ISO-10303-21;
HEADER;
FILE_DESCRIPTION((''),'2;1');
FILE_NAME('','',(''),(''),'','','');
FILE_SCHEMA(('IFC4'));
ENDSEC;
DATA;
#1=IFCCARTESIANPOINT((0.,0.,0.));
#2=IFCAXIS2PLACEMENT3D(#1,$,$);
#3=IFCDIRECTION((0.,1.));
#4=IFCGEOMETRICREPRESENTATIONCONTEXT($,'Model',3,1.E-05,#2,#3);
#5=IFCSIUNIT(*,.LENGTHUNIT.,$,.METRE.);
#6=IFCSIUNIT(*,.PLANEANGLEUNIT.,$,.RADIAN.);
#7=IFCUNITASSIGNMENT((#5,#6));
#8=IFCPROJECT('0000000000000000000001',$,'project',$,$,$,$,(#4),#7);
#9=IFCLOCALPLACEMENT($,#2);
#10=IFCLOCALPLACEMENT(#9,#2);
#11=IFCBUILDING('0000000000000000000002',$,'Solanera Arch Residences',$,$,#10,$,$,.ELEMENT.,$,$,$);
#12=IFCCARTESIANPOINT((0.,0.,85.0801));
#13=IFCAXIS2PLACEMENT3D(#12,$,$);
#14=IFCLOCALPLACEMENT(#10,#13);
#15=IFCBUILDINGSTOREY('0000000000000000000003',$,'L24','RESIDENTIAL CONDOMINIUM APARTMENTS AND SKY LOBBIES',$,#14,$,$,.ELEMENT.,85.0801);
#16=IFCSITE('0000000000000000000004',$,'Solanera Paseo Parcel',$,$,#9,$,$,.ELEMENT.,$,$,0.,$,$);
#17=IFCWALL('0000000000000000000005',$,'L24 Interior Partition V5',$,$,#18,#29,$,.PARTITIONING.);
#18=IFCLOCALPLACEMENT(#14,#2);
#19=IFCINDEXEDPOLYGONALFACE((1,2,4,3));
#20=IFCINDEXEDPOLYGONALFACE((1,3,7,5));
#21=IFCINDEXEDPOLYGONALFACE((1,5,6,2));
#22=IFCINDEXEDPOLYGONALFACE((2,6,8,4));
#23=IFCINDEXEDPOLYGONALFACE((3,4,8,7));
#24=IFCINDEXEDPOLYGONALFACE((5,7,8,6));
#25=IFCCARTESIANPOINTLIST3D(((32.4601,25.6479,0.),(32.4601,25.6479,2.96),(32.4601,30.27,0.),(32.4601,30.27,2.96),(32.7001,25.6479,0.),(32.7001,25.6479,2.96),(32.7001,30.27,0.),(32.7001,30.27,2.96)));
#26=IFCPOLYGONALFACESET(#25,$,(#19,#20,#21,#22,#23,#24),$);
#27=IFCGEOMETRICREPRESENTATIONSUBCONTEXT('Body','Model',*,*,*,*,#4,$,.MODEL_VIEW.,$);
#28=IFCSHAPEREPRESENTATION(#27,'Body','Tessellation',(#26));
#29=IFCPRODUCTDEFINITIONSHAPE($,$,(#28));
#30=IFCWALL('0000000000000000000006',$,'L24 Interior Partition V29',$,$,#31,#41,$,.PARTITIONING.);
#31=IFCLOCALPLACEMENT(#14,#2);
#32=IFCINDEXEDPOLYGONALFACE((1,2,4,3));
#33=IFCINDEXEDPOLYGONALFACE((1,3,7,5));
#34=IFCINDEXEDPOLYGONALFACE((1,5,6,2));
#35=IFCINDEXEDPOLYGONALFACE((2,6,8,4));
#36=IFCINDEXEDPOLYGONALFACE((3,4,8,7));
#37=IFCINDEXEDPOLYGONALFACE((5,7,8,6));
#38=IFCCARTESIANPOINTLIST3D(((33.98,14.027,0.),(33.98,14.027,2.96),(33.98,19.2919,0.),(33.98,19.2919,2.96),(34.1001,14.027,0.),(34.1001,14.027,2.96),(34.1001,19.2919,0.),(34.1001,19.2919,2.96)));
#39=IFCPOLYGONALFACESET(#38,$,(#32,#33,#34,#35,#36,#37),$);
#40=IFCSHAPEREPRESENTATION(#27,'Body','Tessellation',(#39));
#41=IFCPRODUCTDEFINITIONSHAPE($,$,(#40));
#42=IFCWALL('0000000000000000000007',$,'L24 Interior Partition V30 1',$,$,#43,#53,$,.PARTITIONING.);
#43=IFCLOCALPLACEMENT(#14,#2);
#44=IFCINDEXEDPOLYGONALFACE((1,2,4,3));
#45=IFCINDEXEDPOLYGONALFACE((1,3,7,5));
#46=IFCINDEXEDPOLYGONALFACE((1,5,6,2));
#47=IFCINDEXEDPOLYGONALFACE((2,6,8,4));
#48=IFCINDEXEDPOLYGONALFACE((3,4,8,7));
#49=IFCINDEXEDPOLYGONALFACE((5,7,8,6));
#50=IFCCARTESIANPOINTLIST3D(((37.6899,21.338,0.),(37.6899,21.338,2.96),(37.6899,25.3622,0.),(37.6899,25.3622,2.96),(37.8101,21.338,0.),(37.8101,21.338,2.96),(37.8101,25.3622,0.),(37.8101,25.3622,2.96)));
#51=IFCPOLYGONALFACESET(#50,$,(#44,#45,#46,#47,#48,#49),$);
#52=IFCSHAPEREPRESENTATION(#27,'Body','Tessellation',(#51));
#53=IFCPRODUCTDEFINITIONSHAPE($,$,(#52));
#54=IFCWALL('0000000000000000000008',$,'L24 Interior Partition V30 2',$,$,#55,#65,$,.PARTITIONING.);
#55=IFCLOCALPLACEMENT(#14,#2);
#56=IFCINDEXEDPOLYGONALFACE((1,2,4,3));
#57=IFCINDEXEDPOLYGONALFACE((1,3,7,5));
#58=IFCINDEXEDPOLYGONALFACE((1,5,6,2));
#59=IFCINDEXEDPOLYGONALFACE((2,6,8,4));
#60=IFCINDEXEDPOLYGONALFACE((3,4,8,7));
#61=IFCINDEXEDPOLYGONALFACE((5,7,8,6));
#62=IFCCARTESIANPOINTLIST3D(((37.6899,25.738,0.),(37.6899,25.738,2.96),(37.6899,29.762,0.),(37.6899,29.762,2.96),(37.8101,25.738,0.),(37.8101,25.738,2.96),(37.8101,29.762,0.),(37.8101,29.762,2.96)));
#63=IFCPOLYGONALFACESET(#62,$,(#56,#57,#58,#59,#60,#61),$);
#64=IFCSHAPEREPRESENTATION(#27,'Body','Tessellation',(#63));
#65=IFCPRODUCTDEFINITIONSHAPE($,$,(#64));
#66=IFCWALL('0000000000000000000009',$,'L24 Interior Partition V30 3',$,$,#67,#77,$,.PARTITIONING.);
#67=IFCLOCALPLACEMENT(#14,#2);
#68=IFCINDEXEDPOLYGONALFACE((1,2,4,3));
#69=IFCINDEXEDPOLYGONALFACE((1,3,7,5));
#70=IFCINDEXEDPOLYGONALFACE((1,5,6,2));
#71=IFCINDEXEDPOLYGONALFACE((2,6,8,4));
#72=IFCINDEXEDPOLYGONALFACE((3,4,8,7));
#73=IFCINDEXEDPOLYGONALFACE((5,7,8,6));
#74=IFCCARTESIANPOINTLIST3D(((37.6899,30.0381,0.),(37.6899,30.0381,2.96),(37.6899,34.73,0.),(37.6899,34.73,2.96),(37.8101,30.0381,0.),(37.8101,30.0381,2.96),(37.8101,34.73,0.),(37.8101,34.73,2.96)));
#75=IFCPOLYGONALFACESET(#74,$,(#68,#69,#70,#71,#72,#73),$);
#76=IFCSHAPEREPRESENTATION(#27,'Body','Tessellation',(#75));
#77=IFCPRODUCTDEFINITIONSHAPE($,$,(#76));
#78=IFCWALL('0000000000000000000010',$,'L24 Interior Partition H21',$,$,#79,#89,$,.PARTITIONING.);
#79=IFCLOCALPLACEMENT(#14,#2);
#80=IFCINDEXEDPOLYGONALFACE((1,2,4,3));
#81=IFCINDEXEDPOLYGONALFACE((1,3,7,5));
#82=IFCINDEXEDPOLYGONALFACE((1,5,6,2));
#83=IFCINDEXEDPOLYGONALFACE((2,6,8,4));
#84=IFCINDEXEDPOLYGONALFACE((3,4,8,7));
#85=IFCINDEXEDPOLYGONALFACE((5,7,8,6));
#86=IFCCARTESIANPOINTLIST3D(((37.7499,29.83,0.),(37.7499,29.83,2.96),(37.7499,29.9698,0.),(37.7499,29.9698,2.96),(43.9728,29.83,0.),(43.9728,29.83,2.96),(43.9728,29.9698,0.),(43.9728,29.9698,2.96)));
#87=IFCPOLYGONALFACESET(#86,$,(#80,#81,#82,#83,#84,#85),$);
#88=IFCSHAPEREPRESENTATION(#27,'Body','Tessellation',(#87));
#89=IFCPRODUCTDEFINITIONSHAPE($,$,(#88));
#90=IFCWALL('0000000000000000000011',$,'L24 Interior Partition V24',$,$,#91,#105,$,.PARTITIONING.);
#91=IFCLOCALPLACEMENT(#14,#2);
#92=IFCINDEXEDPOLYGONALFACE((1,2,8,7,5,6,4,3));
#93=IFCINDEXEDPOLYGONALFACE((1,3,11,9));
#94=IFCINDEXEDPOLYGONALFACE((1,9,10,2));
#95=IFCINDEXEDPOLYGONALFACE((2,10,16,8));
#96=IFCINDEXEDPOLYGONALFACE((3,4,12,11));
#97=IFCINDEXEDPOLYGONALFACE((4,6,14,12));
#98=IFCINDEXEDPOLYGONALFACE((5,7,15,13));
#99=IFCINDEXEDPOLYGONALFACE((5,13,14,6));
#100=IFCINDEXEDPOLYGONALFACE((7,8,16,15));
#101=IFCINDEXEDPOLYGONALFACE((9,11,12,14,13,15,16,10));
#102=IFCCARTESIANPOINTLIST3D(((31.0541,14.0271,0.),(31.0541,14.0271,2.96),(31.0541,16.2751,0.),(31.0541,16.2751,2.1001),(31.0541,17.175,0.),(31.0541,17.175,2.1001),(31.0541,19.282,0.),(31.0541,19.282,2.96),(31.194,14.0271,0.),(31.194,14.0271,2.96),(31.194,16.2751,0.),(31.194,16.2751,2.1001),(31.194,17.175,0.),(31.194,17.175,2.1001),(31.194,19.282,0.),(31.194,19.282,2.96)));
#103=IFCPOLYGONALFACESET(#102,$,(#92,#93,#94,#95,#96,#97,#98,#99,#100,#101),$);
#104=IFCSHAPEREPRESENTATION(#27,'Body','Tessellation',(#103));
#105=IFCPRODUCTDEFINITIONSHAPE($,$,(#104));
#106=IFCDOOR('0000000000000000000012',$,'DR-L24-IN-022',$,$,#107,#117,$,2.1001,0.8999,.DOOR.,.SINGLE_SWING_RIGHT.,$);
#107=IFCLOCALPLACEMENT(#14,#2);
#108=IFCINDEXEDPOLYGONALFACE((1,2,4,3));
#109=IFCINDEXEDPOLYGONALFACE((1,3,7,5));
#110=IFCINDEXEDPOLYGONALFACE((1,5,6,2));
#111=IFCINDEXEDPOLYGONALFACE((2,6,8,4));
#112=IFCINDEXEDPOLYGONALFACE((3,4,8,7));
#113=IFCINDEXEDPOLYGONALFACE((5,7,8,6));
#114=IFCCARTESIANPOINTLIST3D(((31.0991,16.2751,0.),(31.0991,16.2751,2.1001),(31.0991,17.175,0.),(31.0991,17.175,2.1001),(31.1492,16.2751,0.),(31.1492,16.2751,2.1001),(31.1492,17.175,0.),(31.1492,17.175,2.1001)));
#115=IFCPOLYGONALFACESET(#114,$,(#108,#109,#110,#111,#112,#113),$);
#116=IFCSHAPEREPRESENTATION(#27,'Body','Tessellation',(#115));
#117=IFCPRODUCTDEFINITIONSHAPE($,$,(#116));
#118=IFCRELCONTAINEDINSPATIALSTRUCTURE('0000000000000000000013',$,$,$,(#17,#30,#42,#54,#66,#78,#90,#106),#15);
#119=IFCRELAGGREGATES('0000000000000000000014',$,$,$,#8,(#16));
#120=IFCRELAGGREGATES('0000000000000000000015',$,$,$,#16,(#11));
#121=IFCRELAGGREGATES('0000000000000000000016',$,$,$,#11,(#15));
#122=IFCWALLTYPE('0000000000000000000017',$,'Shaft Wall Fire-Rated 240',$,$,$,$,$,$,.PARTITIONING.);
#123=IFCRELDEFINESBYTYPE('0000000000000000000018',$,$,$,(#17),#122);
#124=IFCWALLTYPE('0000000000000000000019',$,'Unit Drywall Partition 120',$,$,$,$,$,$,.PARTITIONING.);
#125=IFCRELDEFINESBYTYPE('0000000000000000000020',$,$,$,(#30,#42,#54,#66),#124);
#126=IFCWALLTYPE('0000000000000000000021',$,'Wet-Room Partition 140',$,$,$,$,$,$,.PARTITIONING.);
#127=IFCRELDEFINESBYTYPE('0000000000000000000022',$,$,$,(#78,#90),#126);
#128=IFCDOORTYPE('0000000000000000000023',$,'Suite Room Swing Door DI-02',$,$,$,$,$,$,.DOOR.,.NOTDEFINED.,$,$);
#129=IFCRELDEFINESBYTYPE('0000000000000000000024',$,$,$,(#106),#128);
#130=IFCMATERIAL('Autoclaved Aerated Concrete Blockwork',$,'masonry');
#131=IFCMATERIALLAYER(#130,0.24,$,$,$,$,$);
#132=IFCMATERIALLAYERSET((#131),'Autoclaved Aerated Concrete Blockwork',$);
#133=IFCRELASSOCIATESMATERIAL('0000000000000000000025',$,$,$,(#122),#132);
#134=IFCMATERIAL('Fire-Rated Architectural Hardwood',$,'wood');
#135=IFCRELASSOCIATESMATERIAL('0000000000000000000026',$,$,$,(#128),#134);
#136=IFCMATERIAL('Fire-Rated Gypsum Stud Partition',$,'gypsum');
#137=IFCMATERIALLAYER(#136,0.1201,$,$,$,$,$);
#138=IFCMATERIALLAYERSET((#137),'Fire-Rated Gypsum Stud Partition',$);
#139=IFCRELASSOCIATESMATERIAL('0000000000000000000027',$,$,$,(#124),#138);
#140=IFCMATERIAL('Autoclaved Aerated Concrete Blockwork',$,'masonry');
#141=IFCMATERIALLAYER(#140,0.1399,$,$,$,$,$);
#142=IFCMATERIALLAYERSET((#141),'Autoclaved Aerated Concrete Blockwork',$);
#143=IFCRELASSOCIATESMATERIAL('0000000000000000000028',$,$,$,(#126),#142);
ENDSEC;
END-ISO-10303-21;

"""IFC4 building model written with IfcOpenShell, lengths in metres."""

from ifc_helpers import new_model, si_unit, direction, frame, frame_2d, origin, place, context, subcontext, project, spatial, rectangle, extrude, material, layer, layer_set, type_object, element, fill, save


model = new_model("IFC4")

# Units and contexts
model_context = context("Model", 3, precision=1e-05, world=origin(), true_north=direction((0.0, 1.0)))
body_context = subcontext(model_context, "Body", "Model", "MODEL_VIEW")
ifc_project = project(units=[si_unit("LENGTHUNIT", "METRE"), si_unit("PLANEANGLEUNIT", "RADIAN")], contexts=[model_context])

# Site, building, storey
site_placement = place(None, origin())
site = spatial("IfcSite", under=ifc_project, at=site_placement, Name="Solanera Paseo Parcel", CompositionType="ELEMENT", RefElevation=0.0)
building_placement = place(site_placement, origin())
building = spatial("IfcBuilding", under=site, at=building_placement, Name="Solanera Arch Residences", CompositionType="ELEMENT")
storey_placement = place(building_placement, frame((0.0, 0.0, 85.0801)))
storey = spatial("IfcBuildingStorey", under=building, at=storey_placement, Name="L24", Description="RESIDENTIAL CONDOMINIUM APARTMENTS AND SKY LOBBIES", CompositionType="ELEMENT", Elevation=85.0801)

# Shared definitions
ifc_material_1 = material(Name="Autoclaved Aerated Concrete Blockwork", Category="masonry")
ifc_layer_1 = layer(ifc_material_1, 0.24)
ifc_layer_set_1 = layer_set([ifc_layer_1], Name="Autoclaved Aerated Concrete Blockwork")
wall_type_1 = type_object("IfcWallType", Name="Shaft Wall Fire-Rated 240", PredefinedType="PARTITIONING", material=ifc_layer_set_1)

# Shared definitions
ifc_material_2 = material(Name="Fire-Rated Architectural Hardwood", Category="wood")
door_type_1 = type_object("IfcDoorType", Name="Suite Room Swing Door DI-02", OperationType="NOTDEFINED", PredefinedType="DOOR", material=ifc_material_2)

# Walls
wall_1_placement = place(storey_placement, frame((32.5801, 25.6479, 0.0), z_axis=(0.0, 0.0, 1.0), x_axis=(0.0, 1.0, 0.0)))
element("IfcWall", 1, at=wall_1_placement, inside=storey, type_object=wall_type_1, Name="L24 Interior Partition V5", PredefinedType="PARTITIONING", context=body_context, shape_type="SweptSolid", body=[
    extrude(rectangle(XDim=4.6221, YDim=0.24, at=frame_2d((2.311, 0.0))), origin(), (0.0, 0.0, 1.0), 2.96),
])
ifc_material_3 = material(Name="Fire-Rated Gypsum Stud Partition", Category="gypsum")
ifc_layer_2 = layer(ifc_material_3, 0.1201)
ifc_layer_set_2 = layer_set([ifc_layer_2], Name="Fire-Rated Gypsum Stud Partition")
wall_type_2 = type_object("IfcWallType", Name="Unit Drywall Partition 120", PredefinedType="PARTITIONING", material=ifc_layer_set_2)
wall_2_placement = place(storey_placement, frame((34.04, 14.0271, 0.0), z_axis=(0.0, 0.0, 1.0), x_axis=(0.0, 1.0, 0.0)))
element("IfcWall", 2, at=wall_2_placement, inside=storey, type_object=wall_type_2, Name="L24 Interior Partition V29", PredefinedType="PARTITIONING", context=body_context, shape_type="SweptSolid", body=[
    extrude(rectangle(XDim=5.2649, YDim=0.1201, at=frame_2d((2.6323, 0.0))), origin(), (0.0, 0.0, 1.0), 2.96),
])
wall_3_placement = place(storey_placement, frame((37.75, 21.3379, 0.0), z_axis=(0.0, 0.0, 1.0), x_axis=(0.0, 1.0, 0.0)))
element("IfcWall", 3, at=wall_3_placement, inside=storey, type_object=wall_type_2, Name="L24 Interior Partition V30 1", PredefinedType="PARTITIONING", context=body_context, shape_type="SweptSolid", body=[
    extrude(rectangle(XDim=4.0242, YDim=0.1201, at=frame_2d((2.0122, 0.0))), origin(), (0.0, 0.0, 1.0), 2.96),
])
wall_4_placement = place(storey_placement, frame((37.75, 25.738, 0.0), z_axis=(0.0, 0.0, 1.0), x_axis=(0.0, 1.0, 0.0)))
element("IfcWall", 4, at=wall_4_placement, inside=storey, type_object=wall_type_2, Name="L24 Interior Partition V30 2", PredefinedType="PARTITIONING", context=body_context, shape_type="SweptSolid", body=[
    extrude(rectangle(XDim=4.0239, YDim=0.1201, at=frame_2d((2.012, 0.0))), origin(), (0.0, 0.0, 1.0), 2.96),
])
wall_5_placement = place(storey_placement, frame((37.75, 30.0381, 0.0), z_axis=(0.0, 0.0, 1.0), x_axis=(0.0, 1.0, 0.0)))
element("IfcWall", 5, at=wall_5_placement, inside=storey, type_object=wall_type_2, Name="L24 Interior Partition V30 3", PredefinedType="PARTITIONING", context=body_context, shape_type="SweptSolid", body=[
    extrude(rectangle(XDim=4.6919, YDim=0.1201, at=frame_2d((2.3459, 0.0))), origin(), (0.0, 0.0, 1.0), 2.96),
])
ifc_material_4 = material(Name="Autoclaved Aerated Concrete Blockwork", Category="masonry")
ifc_layer_3 = layer(ifc_material_4, 0.1399)
ifc_layer_set_3 = layer_set([ifc_layer_3], Name="Autoclaved Aerated Concrete Blockwork")
wall_type_3 = type_object("IfcWallType", Name="Wet-Room Partition 140", PredefinedType="PARTITIONING", material=ifc_layer_set_3)
wall_6_placement = place(storey_placement, frame((37.75, 29.8999, 0.0), z_axis=(0.0, 0.0, 1.0), x_axis=(1.0, 0.0, 0.0)))
element("IfcWall", 6, at=wall_6_placement, inside=storey, type_object=wall_type_3, Name="L24 Interior Partition H21", PredefinedType="PARTITIONING", context=body_context, shape_type="SweptSolid", body=[
    extrude(rectangle(XDim=6.2229, YDim=0.1399, at=frame_2d((3.1113, 0.0))), origin(), (0.0, 0.0, 1.0), 2.96),
])

# Wall, opening, door
wall_7_placement = place(storey_placement, frame((31.124, 14.0271, 0.0), z_axis=(0.0, 0.0, 1.0), x_axis=(0.0, 1.0, 0.0)))
wall_7 = element("IfcWall", 7, at=wall_7_placement, inside=storey, type_object=wall_type_3, Name="L24 Interior Partition V24", PredefinedType="PARTITIONING", context=body_context, shape_type="SweptSolid", body=[
    extrude(rectangle(XDim=5.2549, YDim=0.1399, at=frame_2d((2.6274, 0.0))), origin(), (0.0, 0.0, 1.0), 2.96),
])
opening_1_placement = place(wall_7_placement, frame((2.248, 0.0, 0.0)))
opening_1 = element("IfcOpeningElement", 8, at=opening_1_placement, cuts=wall_7, PredefinedType="OPENING", context=body_context, shape_type="SweptSolid", body=[
    extrude(rectangle(XDim=0.8999, YDim=2.1001, at=frame_2d((0.45, 1.05))), frame((0.0, 0.0798, 0.0), z_axis=(0.0, -1.0, 0.0), x_axis=(1.0, 0.0, 0.0)), (0.0, 0.0, 1.0), 0.1599),
])
door_1_placement = place(opening_1_placement, origin())
door_1 = element("IfcDoor", 9, at=door_1_placement, inside=storey, type_object=door_type_1, Name="DR-L24-IN-022", OperationType="SINGLE_SWING_RIGHT", OverallHeight=2.1001, OverallWidth=0.8999, PredefinedType="DOOR", context=body_context, shape_type="SweptSolid", body=[
    extrude(rectangle(XDim=0.8999, YDim=2.1001, at=frame_2d((0.45, 1.05))), frame((0.0, 0.0249, 0.0), z_axis=(0.0, -1.0, 0.0), x_axis=(1.0, 0.0, 0.0)), (0.0, 0.0, 1.0), 0.05),
])
fill(opening_1, door_1)

save(model, "model.ifc")
